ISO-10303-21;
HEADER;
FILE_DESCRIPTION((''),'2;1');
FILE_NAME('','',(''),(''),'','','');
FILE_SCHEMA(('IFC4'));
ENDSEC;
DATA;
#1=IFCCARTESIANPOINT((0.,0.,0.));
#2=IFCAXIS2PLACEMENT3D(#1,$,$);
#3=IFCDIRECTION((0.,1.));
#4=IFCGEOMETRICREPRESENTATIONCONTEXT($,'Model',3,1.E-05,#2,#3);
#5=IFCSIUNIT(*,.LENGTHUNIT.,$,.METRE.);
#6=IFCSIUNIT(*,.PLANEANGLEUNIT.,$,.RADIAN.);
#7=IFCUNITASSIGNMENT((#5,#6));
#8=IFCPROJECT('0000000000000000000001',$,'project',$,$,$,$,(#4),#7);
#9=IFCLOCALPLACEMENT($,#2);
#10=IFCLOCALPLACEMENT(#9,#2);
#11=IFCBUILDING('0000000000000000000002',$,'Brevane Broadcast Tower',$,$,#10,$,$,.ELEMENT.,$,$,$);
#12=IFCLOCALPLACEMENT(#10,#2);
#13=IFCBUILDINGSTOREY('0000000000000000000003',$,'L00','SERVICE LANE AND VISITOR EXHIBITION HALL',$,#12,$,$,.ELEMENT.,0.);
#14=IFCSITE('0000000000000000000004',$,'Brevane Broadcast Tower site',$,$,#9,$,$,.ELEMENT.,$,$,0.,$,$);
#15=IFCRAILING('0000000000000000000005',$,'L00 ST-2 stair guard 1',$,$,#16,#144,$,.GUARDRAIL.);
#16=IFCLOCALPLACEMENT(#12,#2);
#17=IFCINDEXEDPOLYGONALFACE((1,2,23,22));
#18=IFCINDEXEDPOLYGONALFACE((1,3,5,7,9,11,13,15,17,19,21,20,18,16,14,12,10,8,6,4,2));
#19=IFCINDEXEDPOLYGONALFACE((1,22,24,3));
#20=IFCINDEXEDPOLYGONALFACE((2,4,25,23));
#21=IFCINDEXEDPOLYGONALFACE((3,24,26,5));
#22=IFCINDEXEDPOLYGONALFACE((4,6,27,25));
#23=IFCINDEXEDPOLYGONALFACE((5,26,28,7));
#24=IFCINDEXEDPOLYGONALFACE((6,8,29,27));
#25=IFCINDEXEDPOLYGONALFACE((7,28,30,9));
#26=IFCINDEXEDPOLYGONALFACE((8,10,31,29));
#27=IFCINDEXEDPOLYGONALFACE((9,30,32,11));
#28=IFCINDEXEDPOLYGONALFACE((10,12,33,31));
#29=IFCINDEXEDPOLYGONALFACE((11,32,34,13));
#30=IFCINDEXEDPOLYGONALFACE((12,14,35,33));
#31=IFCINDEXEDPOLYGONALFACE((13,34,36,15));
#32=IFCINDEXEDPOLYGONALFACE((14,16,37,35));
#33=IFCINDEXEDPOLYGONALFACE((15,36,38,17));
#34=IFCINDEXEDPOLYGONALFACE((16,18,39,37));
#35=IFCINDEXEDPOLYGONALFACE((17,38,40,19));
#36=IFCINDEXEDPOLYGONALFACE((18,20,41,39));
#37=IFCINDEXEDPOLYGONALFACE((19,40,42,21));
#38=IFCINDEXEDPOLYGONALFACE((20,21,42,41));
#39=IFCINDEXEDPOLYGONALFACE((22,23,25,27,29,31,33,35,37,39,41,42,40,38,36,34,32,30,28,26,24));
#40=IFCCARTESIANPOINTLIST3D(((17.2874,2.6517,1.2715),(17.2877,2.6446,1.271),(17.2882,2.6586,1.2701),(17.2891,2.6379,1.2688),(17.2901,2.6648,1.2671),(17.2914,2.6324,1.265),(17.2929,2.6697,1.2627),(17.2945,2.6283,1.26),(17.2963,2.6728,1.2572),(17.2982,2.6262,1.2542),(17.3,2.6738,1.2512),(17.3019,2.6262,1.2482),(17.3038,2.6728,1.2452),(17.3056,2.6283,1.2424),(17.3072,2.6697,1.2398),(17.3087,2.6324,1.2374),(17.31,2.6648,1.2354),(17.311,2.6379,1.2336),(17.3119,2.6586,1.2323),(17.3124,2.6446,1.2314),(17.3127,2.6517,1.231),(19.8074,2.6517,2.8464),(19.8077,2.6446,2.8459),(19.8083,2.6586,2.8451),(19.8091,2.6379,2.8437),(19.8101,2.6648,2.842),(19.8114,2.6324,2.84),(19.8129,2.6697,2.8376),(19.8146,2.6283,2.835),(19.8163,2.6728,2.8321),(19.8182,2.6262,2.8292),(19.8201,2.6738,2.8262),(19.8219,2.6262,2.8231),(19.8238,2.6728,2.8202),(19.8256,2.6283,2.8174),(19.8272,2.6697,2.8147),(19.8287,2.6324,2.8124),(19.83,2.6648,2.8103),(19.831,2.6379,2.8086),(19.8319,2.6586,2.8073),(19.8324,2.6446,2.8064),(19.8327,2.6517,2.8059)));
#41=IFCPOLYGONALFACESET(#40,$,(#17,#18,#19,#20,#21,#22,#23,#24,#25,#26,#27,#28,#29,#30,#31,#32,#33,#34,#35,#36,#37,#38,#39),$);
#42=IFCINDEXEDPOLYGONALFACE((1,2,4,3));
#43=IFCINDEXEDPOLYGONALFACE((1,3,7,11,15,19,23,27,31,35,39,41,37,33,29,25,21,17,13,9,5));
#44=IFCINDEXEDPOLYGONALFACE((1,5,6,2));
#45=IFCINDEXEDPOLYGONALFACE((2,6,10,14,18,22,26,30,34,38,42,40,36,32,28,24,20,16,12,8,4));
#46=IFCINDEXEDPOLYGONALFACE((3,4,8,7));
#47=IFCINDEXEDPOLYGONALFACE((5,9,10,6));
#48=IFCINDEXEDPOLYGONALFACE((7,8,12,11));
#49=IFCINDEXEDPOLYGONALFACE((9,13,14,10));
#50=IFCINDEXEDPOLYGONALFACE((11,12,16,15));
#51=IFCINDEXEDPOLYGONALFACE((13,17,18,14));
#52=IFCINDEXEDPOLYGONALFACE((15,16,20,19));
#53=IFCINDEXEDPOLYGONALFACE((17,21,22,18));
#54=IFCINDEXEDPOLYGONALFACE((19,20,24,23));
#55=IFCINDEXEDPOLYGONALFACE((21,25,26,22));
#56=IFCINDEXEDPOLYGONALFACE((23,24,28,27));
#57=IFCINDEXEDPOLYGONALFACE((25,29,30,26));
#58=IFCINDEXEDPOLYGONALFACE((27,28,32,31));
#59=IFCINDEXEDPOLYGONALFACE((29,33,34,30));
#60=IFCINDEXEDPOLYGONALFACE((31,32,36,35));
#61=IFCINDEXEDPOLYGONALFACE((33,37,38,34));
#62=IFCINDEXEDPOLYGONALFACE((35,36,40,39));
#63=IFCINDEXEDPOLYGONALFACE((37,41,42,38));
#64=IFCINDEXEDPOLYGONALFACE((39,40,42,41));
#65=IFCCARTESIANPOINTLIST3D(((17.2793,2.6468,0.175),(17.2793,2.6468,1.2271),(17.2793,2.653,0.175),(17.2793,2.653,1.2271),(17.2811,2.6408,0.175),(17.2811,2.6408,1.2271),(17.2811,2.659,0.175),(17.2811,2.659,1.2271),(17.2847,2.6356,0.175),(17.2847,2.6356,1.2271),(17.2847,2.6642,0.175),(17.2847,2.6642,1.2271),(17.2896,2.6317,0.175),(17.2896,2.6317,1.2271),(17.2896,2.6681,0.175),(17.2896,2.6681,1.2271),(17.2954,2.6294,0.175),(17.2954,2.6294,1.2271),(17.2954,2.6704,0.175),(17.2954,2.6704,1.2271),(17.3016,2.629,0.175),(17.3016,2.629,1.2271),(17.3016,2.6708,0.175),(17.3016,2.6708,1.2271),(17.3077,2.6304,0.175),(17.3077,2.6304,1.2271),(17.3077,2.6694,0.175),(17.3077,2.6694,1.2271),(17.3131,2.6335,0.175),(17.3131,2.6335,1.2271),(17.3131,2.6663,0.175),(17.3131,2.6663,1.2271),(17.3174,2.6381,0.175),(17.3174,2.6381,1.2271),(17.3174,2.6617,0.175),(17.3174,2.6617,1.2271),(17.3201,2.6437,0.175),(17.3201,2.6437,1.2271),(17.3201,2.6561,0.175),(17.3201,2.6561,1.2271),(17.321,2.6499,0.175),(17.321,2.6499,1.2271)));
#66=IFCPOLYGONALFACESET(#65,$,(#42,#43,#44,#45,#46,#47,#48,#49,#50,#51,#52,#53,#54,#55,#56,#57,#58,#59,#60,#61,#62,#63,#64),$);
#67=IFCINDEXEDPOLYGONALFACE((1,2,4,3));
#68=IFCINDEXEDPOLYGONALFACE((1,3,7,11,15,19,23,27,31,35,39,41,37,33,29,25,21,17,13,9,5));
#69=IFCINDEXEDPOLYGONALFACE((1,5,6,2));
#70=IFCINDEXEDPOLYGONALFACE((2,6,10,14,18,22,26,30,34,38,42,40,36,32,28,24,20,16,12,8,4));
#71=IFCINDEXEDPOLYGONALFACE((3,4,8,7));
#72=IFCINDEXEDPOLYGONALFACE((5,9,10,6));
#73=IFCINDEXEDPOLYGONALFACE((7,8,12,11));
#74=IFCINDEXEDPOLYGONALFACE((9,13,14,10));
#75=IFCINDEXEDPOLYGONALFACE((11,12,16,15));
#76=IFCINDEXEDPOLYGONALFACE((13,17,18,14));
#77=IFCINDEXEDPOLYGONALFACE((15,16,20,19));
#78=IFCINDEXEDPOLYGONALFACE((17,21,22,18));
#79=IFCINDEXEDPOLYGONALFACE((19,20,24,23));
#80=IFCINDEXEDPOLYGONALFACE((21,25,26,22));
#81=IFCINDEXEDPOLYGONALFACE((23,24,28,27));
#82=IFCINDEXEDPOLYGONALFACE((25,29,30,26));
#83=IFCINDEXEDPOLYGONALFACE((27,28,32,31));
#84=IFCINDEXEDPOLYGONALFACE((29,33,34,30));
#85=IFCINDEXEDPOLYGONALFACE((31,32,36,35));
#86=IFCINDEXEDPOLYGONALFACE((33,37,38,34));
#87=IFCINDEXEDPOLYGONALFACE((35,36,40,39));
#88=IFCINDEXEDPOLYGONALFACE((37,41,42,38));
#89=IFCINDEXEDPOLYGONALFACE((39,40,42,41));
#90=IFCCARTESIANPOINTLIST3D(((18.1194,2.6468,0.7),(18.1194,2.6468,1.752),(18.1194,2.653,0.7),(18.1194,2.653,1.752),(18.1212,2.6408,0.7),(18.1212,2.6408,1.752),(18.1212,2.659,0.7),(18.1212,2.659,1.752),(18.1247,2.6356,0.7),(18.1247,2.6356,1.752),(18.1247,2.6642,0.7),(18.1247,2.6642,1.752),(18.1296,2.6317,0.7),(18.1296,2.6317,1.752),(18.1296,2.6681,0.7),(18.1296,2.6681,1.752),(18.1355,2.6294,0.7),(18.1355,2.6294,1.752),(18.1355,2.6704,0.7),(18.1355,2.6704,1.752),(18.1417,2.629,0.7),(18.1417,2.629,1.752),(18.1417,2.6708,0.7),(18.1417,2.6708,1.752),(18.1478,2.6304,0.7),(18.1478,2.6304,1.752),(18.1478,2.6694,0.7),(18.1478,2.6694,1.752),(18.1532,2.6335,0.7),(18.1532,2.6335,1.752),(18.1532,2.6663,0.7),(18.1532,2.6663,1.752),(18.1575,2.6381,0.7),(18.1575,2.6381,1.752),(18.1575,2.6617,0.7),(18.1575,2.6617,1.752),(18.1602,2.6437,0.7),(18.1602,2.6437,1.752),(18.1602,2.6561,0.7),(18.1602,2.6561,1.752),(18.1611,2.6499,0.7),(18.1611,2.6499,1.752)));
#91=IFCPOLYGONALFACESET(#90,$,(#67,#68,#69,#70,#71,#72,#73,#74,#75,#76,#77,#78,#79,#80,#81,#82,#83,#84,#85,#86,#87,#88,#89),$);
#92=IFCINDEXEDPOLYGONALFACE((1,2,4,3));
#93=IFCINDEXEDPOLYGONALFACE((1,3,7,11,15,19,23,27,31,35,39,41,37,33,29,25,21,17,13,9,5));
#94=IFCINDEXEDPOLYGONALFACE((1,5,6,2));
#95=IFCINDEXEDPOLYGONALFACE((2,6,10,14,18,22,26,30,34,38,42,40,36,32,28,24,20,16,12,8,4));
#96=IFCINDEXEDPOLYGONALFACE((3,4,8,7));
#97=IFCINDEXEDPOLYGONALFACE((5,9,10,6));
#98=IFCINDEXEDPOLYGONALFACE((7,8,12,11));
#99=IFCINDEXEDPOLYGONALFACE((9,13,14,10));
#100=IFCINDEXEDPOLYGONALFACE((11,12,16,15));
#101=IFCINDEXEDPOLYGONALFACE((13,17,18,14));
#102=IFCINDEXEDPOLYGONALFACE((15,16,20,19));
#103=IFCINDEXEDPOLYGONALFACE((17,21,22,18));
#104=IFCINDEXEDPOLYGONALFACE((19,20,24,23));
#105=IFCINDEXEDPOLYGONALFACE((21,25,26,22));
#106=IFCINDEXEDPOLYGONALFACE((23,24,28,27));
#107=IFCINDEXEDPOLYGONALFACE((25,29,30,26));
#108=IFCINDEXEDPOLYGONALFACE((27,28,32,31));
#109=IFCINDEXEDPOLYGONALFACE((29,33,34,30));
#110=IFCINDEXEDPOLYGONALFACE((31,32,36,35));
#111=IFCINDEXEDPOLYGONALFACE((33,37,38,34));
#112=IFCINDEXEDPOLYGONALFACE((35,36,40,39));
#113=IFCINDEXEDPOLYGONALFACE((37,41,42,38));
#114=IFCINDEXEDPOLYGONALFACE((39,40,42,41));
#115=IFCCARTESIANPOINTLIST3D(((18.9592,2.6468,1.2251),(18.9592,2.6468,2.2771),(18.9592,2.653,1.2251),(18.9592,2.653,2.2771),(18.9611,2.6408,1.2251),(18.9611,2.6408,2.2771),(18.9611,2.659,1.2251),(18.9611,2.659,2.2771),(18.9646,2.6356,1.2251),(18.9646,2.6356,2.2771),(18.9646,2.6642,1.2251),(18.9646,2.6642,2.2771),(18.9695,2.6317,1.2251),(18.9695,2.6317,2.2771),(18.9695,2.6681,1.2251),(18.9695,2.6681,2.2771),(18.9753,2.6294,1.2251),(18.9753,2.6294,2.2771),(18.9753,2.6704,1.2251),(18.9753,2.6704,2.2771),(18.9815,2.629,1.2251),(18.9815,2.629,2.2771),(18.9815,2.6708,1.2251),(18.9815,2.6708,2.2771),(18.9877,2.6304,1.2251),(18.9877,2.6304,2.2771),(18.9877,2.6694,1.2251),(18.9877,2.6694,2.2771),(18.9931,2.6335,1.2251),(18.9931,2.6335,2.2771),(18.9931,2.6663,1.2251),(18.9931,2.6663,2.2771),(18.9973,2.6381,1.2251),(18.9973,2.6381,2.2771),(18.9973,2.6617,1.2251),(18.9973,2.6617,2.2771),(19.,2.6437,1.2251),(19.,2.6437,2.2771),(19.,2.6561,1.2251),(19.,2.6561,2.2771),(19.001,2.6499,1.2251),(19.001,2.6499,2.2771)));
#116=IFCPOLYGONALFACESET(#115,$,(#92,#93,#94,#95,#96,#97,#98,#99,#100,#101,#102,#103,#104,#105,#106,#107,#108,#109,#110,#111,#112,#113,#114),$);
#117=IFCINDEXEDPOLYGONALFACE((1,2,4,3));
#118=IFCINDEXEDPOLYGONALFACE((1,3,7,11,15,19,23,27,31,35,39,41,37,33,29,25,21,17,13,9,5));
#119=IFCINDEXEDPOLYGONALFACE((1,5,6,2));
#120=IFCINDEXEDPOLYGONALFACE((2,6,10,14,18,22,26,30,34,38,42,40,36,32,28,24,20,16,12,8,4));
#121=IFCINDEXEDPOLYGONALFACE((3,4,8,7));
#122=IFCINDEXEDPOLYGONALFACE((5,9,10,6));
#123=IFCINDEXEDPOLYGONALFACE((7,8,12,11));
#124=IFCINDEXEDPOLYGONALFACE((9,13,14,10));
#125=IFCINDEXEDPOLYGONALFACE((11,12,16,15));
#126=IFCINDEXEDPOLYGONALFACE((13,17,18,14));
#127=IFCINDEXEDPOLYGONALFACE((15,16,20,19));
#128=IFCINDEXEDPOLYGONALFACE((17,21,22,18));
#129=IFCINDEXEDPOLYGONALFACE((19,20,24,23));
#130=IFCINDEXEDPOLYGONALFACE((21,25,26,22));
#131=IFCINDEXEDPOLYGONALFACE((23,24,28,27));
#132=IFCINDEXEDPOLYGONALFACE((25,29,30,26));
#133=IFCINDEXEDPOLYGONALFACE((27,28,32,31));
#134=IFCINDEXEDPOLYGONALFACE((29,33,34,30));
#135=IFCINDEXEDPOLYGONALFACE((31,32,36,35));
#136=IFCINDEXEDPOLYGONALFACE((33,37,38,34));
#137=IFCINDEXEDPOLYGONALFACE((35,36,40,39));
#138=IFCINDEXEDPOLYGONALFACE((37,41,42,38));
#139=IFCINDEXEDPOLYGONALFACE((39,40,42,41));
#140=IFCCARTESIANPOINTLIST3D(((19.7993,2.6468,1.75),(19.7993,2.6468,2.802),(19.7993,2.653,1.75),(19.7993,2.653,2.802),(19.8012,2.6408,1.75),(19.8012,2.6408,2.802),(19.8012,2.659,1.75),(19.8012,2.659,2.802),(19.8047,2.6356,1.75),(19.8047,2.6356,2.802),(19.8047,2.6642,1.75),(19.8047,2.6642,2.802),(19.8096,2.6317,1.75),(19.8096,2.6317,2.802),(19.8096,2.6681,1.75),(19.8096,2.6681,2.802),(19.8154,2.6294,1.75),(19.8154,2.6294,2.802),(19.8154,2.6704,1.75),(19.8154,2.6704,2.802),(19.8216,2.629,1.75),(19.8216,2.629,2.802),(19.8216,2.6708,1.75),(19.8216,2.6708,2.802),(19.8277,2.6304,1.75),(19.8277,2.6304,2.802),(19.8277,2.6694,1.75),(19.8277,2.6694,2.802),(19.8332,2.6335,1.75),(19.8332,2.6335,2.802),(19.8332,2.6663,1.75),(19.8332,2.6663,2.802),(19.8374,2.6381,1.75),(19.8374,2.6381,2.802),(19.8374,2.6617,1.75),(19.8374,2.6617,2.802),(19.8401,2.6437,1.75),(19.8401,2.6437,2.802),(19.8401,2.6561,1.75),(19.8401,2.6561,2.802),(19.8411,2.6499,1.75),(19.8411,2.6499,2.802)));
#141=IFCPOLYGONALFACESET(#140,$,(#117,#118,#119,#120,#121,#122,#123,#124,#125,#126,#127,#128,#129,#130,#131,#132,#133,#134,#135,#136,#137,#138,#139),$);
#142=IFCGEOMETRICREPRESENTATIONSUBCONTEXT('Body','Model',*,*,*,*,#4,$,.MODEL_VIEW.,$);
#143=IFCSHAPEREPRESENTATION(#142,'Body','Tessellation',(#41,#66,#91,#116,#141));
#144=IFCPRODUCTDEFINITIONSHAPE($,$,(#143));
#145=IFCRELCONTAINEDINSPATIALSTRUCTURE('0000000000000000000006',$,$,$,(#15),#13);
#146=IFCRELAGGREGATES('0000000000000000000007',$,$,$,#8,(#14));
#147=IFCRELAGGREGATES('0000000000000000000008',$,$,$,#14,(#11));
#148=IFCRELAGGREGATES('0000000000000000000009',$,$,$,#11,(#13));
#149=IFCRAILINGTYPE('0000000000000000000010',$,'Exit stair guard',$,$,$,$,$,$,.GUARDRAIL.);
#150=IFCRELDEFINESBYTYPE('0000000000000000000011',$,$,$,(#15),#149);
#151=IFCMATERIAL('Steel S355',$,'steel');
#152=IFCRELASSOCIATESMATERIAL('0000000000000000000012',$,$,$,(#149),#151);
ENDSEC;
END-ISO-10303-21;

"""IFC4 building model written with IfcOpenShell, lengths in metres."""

from ifc_helpers import new_model, si_unit, direction, frame, origin, origin_2d, place, context, subcontext, project, spatial, circle, extrude, material, type_object, element, save


model = new_model("IFC4")

# Units and contexts
model_context = context("Model", 3, precision=1e-05, world=origin(), true_north=direction((0.0, 1.0)))
body_context = subcontext(model_context, "Body", "Model", "MODEL_VIEW")
ifc_project = project(units=[si_unit("LENGTHUNIT", "METRE"), si_unit("PLANEANGLEUNIT", "RADIAN")], contexts=[model_context])

# Site, building, storey
site_placement = place(None, origin())
site = spatial("IfcSite", under=ifc_project, at=site_placement, Name="Brevane Broadcast Tower site", CompositionType="ELEMENT", RefElevation=0.0)
building_placement = place(site_placement, origin())
building = spatial("IfcBuilding", under=site, at=building_placement, Name="Brevane Broadcast Tower", CompositionType="ELEMENT")
storey_placement = place(building_placement, origin())
storey = spatial("IfcBuildingStorey", under=building, at=storey_placement, Name="L00", Description="SERVICE LANE AND VISITOR EXHIBITION HALL", CompositionType="ELEMENT", Elevation=0.0)

# Railing
ifc_material_1 = material(Name="Steel S355", Category="steel")
railing_type_1 = type_object("IfcRailingType", Name="Exit stair guard", PredefinedType="GUARDRAIL", material=ifc_material_1)
railing_1_placement = place(storey_placement, frame((17.3, 2.6499, 0.175)))
element("IfcRailing", 1, at=railing_1_placement, inside=storey, type_object=railing_type_1, Name="L00 ST-2 stair guard 1", PredefinedType="GUARDRAIL", context=body_context, shape_type="SweptSolid", body=[
    extrude(circle(Radius=0.0239, at=origin_2d()), frame((0.0, 0.0, 1.0762), z_axis=(0.848008, 0.0, 0.529984), x_axis=(0.0, 1.0, 0.0)), (0.0, 0.0, 1.0), 2.9717),
    extrude(circle(Radius=0.021, at=origin_2d()), origin(), (0.0, 0.0, 1.0), 1.052),
    extrude(circle(Radius=0.021, at=origin_2d()), frame((0.8401, 0.0, 0.5249)), (0.0, 0.0, 1.0), 1.052),
    extrude(circle(Radius=0.021, at=origin_2d()), frame((1.6799, 0.0, 1.05)), (0.0, 0.0, 1.0), 1.052),
    extrude(circle(Radius=0.021, at=origin_2d()), frame((2.52, 0.0, 1.575)), (0.0, 0.0, 1.0), 1.052),
])

save(model, "model.ifc")
